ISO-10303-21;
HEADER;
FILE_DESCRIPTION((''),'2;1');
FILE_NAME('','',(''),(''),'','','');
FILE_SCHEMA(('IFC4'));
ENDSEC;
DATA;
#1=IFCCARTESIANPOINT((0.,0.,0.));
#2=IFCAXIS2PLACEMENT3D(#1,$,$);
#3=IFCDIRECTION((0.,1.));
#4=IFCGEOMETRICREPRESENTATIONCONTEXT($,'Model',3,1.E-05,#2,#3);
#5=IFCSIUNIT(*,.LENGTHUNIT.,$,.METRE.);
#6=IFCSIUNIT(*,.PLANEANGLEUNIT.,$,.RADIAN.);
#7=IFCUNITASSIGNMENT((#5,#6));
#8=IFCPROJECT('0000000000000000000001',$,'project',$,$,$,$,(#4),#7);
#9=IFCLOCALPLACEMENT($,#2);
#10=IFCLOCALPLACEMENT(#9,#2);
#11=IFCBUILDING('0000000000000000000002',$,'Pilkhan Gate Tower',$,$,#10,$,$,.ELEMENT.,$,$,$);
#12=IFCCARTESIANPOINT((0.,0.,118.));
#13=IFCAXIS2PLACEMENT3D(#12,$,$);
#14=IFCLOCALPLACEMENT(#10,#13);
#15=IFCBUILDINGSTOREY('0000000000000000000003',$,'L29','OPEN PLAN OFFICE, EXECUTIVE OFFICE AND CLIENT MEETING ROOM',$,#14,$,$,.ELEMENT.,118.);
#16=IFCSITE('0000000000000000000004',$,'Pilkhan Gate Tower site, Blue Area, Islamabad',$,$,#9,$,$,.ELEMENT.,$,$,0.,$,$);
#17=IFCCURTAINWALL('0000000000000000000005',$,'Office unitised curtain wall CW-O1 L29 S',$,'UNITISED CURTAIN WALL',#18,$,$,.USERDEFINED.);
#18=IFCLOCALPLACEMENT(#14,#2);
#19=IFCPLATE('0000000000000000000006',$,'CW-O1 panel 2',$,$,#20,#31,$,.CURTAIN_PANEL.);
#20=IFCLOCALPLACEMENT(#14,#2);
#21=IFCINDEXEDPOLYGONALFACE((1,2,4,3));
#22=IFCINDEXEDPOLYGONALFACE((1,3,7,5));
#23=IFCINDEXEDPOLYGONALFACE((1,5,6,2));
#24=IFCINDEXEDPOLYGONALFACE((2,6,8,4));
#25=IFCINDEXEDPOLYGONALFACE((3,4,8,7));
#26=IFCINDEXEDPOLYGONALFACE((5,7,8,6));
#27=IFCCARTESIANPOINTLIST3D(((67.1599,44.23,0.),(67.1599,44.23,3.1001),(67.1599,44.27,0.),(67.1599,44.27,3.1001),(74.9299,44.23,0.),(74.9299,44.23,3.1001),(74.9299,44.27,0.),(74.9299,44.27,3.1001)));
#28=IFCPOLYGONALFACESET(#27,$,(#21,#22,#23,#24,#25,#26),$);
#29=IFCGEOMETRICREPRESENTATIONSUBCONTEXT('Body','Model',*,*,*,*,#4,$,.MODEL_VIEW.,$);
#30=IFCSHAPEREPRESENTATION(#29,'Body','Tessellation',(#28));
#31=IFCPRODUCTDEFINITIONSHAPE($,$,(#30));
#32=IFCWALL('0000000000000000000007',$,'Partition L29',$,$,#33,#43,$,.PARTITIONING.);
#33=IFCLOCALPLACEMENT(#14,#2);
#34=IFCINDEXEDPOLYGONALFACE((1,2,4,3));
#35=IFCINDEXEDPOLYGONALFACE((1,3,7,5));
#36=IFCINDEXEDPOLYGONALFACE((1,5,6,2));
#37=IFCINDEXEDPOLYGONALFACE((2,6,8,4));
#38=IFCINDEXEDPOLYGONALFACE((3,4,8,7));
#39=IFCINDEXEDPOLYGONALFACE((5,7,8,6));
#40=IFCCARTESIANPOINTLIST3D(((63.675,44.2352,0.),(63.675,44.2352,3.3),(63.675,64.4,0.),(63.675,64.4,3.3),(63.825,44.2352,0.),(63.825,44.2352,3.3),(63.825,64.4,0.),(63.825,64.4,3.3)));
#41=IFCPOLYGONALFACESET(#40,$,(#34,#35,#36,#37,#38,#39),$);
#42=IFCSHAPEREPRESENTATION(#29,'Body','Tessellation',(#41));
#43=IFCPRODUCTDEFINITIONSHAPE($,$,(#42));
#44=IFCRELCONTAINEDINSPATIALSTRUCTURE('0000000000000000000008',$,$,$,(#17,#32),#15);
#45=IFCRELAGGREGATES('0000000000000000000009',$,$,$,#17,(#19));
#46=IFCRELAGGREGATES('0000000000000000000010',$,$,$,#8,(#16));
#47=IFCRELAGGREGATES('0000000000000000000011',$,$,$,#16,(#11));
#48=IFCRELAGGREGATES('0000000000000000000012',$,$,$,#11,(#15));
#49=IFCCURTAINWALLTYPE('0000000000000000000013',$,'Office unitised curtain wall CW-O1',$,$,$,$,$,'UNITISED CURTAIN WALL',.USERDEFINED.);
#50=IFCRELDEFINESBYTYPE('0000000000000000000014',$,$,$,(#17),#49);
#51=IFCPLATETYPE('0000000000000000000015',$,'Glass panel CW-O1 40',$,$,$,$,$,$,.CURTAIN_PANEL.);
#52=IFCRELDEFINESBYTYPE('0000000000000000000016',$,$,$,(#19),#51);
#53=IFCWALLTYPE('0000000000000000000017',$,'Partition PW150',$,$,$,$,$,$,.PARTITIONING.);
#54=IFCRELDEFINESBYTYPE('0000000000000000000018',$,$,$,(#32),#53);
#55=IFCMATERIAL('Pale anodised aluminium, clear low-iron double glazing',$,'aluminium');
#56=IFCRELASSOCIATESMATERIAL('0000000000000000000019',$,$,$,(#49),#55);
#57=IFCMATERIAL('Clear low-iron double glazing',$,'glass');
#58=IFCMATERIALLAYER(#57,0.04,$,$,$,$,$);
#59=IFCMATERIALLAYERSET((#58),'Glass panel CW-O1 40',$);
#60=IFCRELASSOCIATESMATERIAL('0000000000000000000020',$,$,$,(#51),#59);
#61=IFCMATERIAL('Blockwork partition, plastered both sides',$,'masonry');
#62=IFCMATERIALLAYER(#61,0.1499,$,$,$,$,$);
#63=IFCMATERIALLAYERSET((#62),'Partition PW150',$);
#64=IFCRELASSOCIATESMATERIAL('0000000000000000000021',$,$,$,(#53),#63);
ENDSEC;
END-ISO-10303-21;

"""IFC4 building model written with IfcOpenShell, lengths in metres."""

from ifc_helpers import new_model, si_unit, direction, frame, frame_2d, origin, origin_2d, place, context, subcontext, project, spatial, rectangle, extrude, material, layer, layer_set, type_object, element, aggregate, save


model = new_model("IFC4")

# Units and contexts
model_context = context("Model", 3, precision=1e-05, world=origin(), true_north=direction((0.0, 1.0)))
body_context = subcontext(model_context, "Body", "Model", "MODEL_VIEW")
ifc_project = project(units=[si_unit("LENGTHUNIT", "METRE"), si_unit("PLANEANGLEUNIT", "RADIAN")], contexts=[model_context])

# Site, building, storey
site_placement = place(None, origin())
site = spatial("IfcSite", under=ifc_project, at=site_placement, Name="Pilkhan Gate Tower site, Blue Area, Islamabad", CompositionType="ELEMENT", RefElevation=0.0)
building_placement = place(site_placement, origin())
building = spatial("IfcBuilding", under=site, at=building_placement, Name="Pilkhan Gate Tower", CompositionType="ELEMENT")
storey_placement = place(building_placement, frame((0.0, 0.0, 118.0)))
storey = spatial("IfcBuildingStorey", under=building, at=storey_placement, Name="L29", Description="OPEN PLAN OFFICE, EXECUTIVE OFFICE AND CLIENT MEETING ROOM", CompositionType="ELEMENT", Elevation=118.0)

# Shared definitions
ifc_material_1 = material(Name="Pale anodised aluminium, clear low-iron double glazing", Category="aluminium")
curtain_wall_type = type_object("IfcCurtainWallType", Name="Office unitised curtain wall CW-O1", ElementType="UNITISED CURTAIN WALL", PredefinedType="USERDEFINED", material=ifc_material_1)

# Curtain wall
curtain_wall_1_placement = place(storey_placement, origin())
curtain_wall_1 = element("IfcCurtainWall", 1, at=curtain_wall_1_placement, inside=storey, type_object=curtain_wall_type, Name="Office unitised curtain wall CW-O1 L29 S", ObjectType="UNITISED CURTAIN WALL", PredefinedType="USERDEFINED")

# Plate
ifc_material_2 = material(Name="Clear low-iron double glazing", Category="glass")
ifc_layer_1 = layer(ifc_material_2, 0.04)
ifc_layer_set_1 = layer_set([ifc_layer_1], Name="Glass panel CW-O1 40")
plate_type = type_object("IfcPlateType", Name="Glass panel CW-O1 40", PredefinedType="CURTAIN_PANEL", material=ifc_layer_set_1)
plate_1_placement = place(storey_placement, frame((71.0449, 44.25, 0.0), z_axis=(0.0, 0.0, 1.0), x_axis=(1.0, 0.0, 0.0)))
plate_1 = element("IfcPlate", 2, at=plate_1_placement, type_object=plate_type, Name="CW-O1 panel 2", PredefinedType="CURTAIN_PANEL", context=body_context, shape_type="SweptSolid", body=[
    extrude(rectangle(XDim=7.77, YDim=0.04, at=origin_2d()), origin(), (0.0, 0.0, 1.0), 3.1001),
])
aggregate(curtain_wall_1, [plate_1])

# Wall
ifc_material_3 = material(Name="Blockwork partition, plastered both sides", Category="masonry")
ifc_layer_2 = layer(ifc_material_3, 0.1499)
ifc_layer_set_2 = layer_set([ifc_layer_2], Name="Partition PW150")
wall_type = type_object("IfcWallType", Name="Partition PW150", PredefinedType="PARTITIONING", material=ifc_layer_set_2)
wall_placement = place(storey_placement, frame((63.75, 44.2351, 0.0), z_axis=(0.0, 0.0, 1.0), x_axis=(0.0, 1.0, 0.0)))
element("IfcWall", 3, at=wall_placement, inside=storey, type_object=wall_type, Name="Partition L29", PredefinedType="PARTITIONING", context=body_context, shape_type="SweptSolid", body=[
    extrude(rectangle(XDim=20.1648, YDim=0.1499, at=frame_2d((10.0825, 0.0))), origin(), (0.0, 0.0, 1.0), 3.3),
])

save(model, "model.ifc")
